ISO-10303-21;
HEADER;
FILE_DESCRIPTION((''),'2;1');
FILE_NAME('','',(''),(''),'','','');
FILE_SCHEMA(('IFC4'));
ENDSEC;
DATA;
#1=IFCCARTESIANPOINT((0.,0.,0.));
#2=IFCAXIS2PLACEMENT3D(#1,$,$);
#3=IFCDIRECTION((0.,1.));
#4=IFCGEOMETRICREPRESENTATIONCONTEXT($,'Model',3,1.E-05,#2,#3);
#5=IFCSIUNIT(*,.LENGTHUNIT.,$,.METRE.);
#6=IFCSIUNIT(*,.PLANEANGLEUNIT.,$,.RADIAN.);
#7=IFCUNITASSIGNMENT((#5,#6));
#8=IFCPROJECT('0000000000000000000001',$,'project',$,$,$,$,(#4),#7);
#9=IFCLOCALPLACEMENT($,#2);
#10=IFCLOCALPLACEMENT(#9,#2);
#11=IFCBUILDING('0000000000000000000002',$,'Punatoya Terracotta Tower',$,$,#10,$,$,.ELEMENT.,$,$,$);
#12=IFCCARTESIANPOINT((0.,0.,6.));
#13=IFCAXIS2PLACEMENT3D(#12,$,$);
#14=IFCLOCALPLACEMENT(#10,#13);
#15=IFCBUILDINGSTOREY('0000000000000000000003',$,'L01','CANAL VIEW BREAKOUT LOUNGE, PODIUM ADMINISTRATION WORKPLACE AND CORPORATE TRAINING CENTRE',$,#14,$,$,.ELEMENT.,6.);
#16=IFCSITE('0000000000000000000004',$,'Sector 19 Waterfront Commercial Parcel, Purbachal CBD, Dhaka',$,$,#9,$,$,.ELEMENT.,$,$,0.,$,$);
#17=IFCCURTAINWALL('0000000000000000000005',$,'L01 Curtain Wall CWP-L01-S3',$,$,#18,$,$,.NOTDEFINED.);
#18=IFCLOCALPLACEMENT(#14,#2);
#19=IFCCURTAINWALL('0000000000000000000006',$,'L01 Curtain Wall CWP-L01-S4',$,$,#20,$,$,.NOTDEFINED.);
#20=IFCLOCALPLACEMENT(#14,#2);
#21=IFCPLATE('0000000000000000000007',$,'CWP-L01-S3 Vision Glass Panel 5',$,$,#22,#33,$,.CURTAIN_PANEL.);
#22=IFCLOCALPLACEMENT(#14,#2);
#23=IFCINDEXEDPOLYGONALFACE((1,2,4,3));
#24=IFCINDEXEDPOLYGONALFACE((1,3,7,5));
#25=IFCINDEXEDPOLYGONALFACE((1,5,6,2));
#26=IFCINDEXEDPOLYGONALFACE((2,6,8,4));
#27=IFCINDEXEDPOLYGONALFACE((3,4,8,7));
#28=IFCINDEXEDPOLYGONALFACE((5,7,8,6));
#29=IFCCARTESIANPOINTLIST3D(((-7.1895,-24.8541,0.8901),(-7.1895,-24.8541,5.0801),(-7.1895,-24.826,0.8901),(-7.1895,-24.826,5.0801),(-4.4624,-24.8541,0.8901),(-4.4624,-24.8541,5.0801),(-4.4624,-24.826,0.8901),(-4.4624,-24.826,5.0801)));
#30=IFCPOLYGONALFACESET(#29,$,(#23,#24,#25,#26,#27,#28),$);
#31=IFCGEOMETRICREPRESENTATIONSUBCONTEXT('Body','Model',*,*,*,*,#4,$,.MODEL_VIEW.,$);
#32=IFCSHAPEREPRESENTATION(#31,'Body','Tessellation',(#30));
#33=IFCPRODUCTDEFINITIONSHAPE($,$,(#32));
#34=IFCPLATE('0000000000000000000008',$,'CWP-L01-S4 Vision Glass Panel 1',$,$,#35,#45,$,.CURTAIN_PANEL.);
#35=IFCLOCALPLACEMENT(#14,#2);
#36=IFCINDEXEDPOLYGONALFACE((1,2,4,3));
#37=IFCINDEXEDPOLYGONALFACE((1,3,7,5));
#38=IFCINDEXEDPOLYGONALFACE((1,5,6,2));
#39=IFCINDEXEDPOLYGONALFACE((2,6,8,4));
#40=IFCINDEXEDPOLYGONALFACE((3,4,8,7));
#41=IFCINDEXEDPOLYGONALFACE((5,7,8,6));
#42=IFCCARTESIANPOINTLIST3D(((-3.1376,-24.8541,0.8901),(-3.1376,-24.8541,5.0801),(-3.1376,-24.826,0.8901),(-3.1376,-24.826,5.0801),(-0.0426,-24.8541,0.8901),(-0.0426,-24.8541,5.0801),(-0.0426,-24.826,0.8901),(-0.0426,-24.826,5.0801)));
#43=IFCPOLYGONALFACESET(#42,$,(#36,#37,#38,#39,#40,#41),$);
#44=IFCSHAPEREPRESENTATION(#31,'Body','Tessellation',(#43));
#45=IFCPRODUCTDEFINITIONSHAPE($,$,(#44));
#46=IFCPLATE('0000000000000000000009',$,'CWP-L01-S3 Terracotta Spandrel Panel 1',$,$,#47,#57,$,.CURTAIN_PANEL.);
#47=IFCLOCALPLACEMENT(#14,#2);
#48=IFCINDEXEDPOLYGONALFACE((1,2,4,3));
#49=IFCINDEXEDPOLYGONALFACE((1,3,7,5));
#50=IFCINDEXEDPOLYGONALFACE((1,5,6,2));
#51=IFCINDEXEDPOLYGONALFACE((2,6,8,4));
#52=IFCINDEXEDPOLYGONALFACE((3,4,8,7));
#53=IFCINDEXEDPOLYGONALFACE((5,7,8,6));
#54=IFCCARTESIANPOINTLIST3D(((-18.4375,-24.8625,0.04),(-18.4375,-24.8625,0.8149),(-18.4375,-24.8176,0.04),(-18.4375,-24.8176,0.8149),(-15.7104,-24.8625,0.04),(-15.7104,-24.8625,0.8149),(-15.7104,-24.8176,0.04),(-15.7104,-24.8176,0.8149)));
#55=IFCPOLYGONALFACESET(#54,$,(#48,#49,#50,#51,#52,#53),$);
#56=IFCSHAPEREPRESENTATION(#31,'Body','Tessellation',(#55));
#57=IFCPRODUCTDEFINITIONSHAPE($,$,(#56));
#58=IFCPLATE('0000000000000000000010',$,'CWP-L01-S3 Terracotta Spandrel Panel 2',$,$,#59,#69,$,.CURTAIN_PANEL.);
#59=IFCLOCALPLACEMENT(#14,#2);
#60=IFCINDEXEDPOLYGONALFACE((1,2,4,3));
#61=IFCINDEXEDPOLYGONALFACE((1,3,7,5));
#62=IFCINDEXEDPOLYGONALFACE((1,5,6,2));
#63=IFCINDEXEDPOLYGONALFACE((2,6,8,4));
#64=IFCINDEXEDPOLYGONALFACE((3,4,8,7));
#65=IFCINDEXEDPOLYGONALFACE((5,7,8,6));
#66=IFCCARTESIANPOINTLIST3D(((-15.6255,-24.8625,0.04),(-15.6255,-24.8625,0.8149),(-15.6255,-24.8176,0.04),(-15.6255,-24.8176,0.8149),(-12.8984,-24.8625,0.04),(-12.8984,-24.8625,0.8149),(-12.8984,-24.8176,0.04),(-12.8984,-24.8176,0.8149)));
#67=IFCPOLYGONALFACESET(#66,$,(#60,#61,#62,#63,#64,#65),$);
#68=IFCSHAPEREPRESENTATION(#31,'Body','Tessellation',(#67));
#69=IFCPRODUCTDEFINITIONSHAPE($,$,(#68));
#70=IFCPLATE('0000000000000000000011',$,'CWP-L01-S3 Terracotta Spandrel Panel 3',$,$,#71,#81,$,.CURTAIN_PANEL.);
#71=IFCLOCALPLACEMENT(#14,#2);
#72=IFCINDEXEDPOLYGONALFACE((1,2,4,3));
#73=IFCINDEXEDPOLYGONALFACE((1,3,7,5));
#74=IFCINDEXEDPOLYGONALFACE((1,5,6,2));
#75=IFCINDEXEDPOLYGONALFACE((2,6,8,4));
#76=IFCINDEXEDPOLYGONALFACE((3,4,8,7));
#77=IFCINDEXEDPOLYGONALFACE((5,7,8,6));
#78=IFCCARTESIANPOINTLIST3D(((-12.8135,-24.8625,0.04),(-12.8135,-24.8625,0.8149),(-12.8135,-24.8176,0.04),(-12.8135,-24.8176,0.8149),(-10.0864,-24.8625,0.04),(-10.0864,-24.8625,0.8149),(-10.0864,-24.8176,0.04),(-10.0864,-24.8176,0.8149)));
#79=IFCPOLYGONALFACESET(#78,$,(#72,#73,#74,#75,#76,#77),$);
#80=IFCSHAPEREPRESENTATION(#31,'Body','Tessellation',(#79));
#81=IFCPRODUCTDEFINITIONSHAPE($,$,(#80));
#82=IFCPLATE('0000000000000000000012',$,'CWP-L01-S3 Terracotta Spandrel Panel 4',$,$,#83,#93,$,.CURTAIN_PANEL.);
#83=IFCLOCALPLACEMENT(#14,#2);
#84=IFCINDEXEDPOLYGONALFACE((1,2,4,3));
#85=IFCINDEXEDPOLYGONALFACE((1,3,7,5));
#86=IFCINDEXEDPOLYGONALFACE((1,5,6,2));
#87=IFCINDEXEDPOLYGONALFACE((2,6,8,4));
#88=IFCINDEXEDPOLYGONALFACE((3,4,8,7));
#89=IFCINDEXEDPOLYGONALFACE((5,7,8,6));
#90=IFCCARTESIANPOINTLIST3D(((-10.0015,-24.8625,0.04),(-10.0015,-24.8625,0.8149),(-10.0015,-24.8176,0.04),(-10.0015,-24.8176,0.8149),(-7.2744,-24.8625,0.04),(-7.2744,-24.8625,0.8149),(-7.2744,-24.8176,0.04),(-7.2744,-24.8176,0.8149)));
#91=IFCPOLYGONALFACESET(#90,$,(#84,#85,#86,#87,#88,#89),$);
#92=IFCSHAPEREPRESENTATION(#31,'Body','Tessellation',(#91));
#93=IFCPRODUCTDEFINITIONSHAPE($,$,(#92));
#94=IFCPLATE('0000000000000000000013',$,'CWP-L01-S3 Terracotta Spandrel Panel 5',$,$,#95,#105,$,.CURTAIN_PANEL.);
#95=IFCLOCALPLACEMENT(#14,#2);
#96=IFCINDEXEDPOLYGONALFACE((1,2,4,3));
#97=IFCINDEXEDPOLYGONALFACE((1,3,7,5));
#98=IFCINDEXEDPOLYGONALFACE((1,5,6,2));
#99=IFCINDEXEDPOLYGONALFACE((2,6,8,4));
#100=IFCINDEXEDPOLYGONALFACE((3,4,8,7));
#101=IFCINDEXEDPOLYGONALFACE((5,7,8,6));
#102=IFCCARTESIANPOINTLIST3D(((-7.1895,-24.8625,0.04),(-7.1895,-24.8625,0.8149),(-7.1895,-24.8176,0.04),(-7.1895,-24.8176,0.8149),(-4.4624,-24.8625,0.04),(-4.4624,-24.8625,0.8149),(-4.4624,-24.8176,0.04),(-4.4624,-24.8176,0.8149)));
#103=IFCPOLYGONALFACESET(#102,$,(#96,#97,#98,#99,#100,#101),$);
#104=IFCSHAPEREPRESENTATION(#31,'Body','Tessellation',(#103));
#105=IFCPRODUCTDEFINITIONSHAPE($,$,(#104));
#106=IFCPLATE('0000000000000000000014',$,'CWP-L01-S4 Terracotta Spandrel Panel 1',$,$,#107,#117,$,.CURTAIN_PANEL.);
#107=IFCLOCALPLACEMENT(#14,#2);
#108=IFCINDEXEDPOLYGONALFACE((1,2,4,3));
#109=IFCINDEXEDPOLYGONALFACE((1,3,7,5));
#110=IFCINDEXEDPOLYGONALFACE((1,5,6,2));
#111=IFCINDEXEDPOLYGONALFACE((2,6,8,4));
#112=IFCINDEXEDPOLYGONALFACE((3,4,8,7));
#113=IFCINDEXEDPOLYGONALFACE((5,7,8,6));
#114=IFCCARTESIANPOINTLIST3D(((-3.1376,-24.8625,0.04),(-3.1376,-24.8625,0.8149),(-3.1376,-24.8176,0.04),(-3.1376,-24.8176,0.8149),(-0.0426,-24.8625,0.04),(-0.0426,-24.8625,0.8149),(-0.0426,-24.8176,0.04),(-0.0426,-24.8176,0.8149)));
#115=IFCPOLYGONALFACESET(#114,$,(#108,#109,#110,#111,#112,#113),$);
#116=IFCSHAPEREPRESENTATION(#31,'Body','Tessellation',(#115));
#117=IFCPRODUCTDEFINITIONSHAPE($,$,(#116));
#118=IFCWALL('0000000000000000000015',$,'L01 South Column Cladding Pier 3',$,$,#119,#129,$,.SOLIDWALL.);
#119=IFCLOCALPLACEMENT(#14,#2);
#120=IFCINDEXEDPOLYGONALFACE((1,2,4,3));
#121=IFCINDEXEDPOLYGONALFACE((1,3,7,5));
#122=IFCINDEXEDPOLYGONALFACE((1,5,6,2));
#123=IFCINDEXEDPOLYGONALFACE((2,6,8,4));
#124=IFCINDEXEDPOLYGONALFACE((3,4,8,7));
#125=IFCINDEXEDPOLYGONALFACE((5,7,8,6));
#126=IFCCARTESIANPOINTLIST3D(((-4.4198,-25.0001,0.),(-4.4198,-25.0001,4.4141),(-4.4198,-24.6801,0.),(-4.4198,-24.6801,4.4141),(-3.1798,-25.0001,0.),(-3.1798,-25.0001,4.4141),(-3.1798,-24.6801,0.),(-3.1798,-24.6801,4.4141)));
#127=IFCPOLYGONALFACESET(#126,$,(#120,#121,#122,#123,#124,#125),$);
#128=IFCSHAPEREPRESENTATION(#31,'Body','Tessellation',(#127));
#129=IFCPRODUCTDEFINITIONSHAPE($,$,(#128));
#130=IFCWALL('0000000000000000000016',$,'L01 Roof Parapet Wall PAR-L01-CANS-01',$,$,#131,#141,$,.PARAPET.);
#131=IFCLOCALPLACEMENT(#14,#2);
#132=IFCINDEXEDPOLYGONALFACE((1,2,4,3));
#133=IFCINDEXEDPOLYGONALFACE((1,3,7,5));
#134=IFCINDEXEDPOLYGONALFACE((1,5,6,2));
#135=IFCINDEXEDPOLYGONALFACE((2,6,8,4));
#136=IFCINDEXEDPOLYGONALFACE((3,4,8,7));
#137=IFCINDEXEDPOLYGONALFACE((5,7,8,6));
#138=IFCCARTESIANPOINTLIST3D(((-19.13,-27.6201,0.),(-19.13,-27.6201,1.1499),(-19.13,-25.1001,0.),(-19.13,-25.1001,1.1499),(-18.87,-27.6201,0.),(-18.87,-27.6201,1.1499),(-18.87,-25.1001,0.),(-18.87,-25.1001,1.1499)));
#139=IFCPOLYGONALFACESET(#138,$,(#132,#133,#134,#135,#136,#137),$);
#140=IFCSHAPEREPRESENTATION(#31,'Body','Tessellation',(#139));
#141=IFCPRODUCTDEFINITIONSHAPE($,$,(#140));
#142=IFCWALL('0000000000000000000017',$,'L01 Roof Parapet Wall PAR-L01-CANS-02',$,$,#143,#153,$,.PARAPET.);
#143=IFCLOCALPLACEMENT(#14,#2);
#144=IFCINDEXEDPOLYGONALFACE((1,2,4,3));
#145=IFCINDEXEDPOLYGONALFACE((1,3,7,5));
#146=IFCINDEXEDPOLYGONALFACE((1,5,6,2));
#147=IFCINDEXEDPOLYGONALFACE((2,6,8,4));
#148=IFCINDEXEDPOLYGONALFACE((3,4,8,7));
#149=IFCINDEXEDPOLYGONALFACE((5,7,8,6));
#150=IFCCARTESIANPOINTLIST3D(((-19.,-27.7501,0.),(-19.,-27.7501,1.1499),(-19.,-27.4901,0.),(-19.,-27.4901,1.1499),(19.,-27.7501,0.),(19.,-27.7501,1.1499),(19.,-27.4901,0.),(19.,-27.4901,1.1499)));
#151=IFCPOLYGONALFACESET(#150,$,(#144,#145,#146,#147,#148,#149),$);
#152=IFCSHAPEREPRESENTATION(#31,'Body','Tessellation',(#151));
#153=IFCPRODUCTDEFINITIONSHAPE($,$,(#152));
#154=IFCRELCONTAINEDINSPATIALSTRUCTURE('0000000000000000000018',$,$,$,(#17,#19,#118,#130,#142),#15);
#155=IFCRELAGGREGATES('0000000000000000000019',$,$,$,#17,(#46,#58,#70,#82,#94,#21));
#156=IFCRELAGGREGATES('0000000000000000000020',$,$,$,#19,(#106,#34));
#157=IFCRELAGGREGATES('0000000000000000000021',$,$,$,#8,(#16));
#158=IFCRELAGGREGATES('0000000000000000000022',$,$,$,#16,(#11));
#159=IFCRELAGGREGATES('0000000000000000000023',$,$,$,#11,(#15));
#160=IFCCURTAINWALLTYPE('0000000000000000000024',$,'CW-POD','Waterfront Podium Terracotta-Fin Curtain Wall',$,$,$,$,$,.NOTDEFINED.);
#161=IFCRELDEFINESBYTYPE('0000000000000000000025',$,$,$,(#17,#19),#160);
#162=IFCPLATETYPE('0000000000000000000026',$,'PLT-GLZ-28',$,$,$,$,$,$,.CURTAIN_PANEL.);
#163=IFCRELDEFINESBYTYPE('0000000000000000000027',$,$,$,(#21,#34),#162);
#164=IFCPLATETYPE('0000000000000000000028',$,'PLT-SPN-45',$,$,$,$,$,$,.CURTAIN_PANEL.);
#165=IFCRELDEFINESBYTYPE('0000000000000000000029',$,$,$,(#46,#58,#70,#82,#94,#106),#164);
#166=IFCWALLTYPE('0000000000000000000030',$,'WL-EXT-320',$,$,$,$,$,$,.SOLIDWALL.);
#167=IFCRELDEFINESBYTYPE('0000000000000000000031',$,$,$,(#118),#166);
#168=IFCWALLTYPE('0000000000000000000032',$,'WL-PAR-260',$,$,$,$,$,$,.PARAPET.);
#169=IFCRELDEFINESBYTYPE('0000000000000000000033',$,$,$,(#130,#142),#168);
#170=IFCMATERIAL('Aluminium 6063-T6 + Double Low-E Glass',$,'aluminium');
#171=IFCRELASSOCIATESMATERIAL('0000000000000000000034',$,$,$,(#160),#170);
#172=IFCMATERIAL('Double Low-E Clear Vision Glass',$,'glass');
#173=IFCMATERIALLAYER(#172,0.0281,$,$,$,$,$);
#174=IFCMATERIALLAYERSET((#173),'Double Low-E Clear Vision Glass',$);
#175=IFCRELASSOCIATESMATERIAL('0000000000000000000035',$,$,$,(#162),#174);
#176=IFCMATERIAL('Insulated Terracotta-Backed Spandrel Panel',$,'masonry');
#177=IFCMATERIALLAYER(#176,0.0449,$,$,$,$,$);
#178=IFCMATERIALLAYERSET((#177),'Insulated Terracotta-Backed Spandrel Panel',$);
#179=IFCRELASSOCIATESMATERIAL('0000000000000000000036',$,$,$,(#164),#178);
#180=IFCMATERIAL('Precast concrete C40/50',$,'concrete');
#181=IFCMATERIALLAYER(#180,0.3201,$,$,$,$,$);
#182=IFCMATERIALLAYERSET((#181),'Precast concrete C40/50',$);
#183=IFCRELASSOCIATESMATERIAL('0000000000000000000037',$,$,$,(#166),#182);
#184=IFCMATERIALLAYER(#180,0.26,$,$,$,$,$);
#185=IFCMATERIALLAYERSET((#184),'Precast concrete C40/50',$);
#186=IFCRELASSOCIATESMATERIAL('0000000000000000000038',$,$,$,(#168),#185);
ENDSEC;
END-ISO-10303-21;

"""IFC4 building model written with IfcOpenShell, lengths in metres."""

from ifc_helpers import new_model, si_unit, direction, frame, frame_2d, origin, origin_2d, place, context, subcontext, project, spatial, rectangle, extrude, material, layer, layer_set, type_object, element, aggregate, save


model = new_model("IFC4")

# Units and contexts
model_context = context("Model", 3, precision=1e-05, world=origin(), true_north=direction((0.0, 1.0)))
body_context = subcontext(model_context, "Body", "Model", "MODEL_VIEW")
ifc_project = project(units=[si_unit("LENGTHUNIT", "METRE"), si_unit("PLANEANGLEUNIT", "RADIAN")], contexts=[model_context])

# Site, building, storey
site_placement = place(None, origin())
site = spatial("IfcSite", under=ifc_project, at=site_placement, Name="Sector 19 Waterfront Commercial Parcel, Purbachal CBD, Dhaka", CompositionType="ELEMENT", RefElevation=0.0)
building_placement = place(site_placement, origin())
building = spatial("IfcBuilding", under=site, at=building_placement, Name="Punatoya Terracotta Tower", CompositionType="ELEMENT")
storey_placement = place(building_placement, frame((0.0, 0.0, 6.0)))
storey = spatial("IfcBuildingStorey", under=building, at=storey_placement, Name="L01", Description="CANAL VIEW BREAKOUT LOUNGE, PODIUM ADMINISTRATION WORKPLACE AND CORPORATE TRAINING CENTRE", CompositionType="ELEMENT", Elevation=6.0)

# Curtain wall
ifc_material_1 = material(Name="Aluminium 6063-T6 + Double Low-E Glass", Category="aluminium")
curtain_wall_type = type_object("IfcCurtainWallType", Name="CW-POD", Description="Waterfront Podium Terracotta-Fin Curtain Wall", PredefinedType="NOTDEFINED", material=ifc_material_1)
curtain_wall_1_placement = place(storey_placement, origin())
curtain_wall_1 = element("IfcCurtainWall", 1, at=curtain_wall_1_placement, inside=storey, type_object=curtain_wall_type, Name="L01 Curtain Wall CWP-L01-S3", PredefinedType="NOTDEFINED")

# Curtain wall
curtain_wall_2_placement = place(storey_placement, origin())
curtain_wall_2 = element("IfcCurtainWall", 2, at=curtain_wall_2_placement, inside=storey, type_object=curtain_wall_type, Name="L01 Curtain Wall CWP-L01-S4", PredefinedType="NOTDEFINED")

# Plates
ifc_material_2 = material(Name="Double Low-E Clear Vision Glass", Category="glass")
ifc_layer_1 = layer(ifc_material_2, 0.0281)
ifc_layer_set_1 = layer_set([ifc_layer_1], Name="Double Low-E Clear Vision Glass")
plate_type_1 = type_object("IfcPlateType", Name="PLT-GLZ-28", PredefinedType="CURTAIN_PANEL", material=ifc_layer_set_1)
plate_1_placement = place(storey_placement, frame((-5.8259, -24.8401, 0.8901), z_axis=(0.0, 0.0, 1.0), x_axis=(1.0, 0.0, 0.0)))
plate_1 = element("IfcPlate", 3, at=plate_1_placement, type_object=plate_type_1, Name="CWP-L01-S3 Vision Glass Panel 5", PredefinedType="CURTAIN_PANEL", context=body_context, shape_type="SweptSolid", body=[
    extrude(rectangle(XDim=2.7271, YDim=0.0281, at=origin_2d()), origin(), (0.0, 0.0, 1.0), 4.1899),
])
plate_2_placement = place(storey_placement, frame((-1.5901, -24.8401, 0.8901), z_axis=(0.0, 0.0, 1.0), x_axis=(1.0, 0.0, 0.0)))
plate_2 = element("IfcPlate", 4, at=plate_2_placement, type_object=plate_type_1, Name="CWP-L01-S4 Vision Glass Panel 1", PredefinedType="CURTAIN_PANEL", context=body_context, shape_type="SweptSolid", body=[
    extrude(rectangle(XDim=3.095, YDim=0.0281, at=origin_2d()), origin(), (0.0, 0.0, 1.0), 4.1899),
])
ifc_material_3 = material(Name="Insulated Terracotta-Backed Spandrel Panel", Category="masonry")
ifc_layer_2 = layer(ifc_material_3, 0.0449)
ifc_layer_set_2 = layer_set([ifc_layer_2], Name="Insulated Terracotta-Backed Spandrel Panel")
plate_type_2 = type_object("IfcPlateType", Name="PLT-SPN-45", PredefinedType="CURTAIN_PANEL", material=ifc_layer_set_2)
plate_3_placement = place(storey_placement, frame((-17.074, -24.8401, 0.04), z_axis=(0.0, 0.0, 1.0), x_axis=(1.0, 0.0, 0.0)))
plate_3 = element("IfcPlate", 5, at=plate_3_placement, type_object=plate_type_2, Name="CWP-L01-S3 Terracotta Spandrel Panel 1", PredefinedType="CURTAIN_PANEL", context=body_context, shape_type="SweptSolid", body=[
    extrude(rectangle(XDim=2.7271, YDim=0.0449, at=origin_2d()), origin(), (0.0, 0.0, 1.0), 0.7749),
])
plate_4_placement = place(storey_placement, frame((-14.262, -24.8401, 0.04), z_axis=(0.0, 0.0, 1.0), x_axis=(1.0, 0.0, 0.0)))
plate_4 = element("IfcPlate", 6, at=plate_4_placement, type_object=plate_type_2, Name="CWP-L01-S3 Terracotta Spandrel Panel 2", PredefinedType="CURTAIN_PANEL", context=body_context, shape_type="SweptSolid", body=[
    extrude(rectangle(XDim=2.7271, YDim=0.0449, at=origin_2d()), origin(), (0.0, 0.0, 1.0), 0.7749),
])
plate_5_placement = place(storey_placement, frame((-11.45, -24.8401, 0.04), z_axis=(0.0, 0.0, 1.0), x_axis=(1.0, 0.0, 0.0)))
plate_5 = element("IfcPlate", 7, at=plate_5_placement, type_object=plate_type_2, Name="CWP-L01-S3 Terracotta Spandrel Panel 3", PredefinedType="CURTAIN_PANEL", context=body_context, shape_type="SweptSolid", body=[
    extrude(rectangle(XDim=2.7271, YDim=0.0449, at=origin_2d()), origin(), (0.0, 0.0, 1.0), 0.7749),
])
plate_6_placement = place(storey_placement, frame((-8.6379, -24.8401, 0.04), z_axis=(0.0, 0.0, 1.0), x_axis=(1.0, 0.0, 0.0)))
plate_6 = element("IfcPlate", 8, at=plate_6_placement, type_object=plate_type_2, Name="CWP-L01-S3 Terracotta Spandrel Panel 4", PredefinedType="CURTAIN_PANEL", context=body_context, shape_type="SweptSolid", body=[
    extrude(rectangle(XDim=2.7271, YDim=0.0449, at=origin_2d()), origin(), (0.0, 0.0, 1.0), 0.7749),
])
plate_7_placement = place(storey_placement, frame((-5.8259, -24.8401, 0.04), z_axis=(0.0, 0.0, 1.0), x_axis=(1.0, 0.0, 0.0)))
plate_7 = element("IfcPlate", 9, at=plate_7_placement, type_object=plate_type_2, Name="CWP-L01-S3 Terracotta Spandrel Panel 5", PredefinedType="CURTAIN_PANEL", context=body_context, shape_type="SweptSolid", body=[
    extrude(rectangle(XDim=2.7271, YDim=0.0449, at=origin_2d()), origin(), (0.0, 0.0, 1.0), 0.7749),
])
aggregate(curtain_wall_1, [plate_3, plate_4, plate_5, plate_6, plate_7, plate_1])
plate_8_placement = place(storey_placement, frame((-1.5901, -24.8401, 0.04), z_axis=(0.0, 0.0, 1.0), x_axis=(1.0, 0.0, 0.0)))
plate_8 = element("IfcPlate", 10, at=plate_8_placement, type_object=plate_type_2, Name="CWP-L01-S4 Terracotta Spandrel Panel 1", PredefinedType="CURTAIN_PANEL", context=body_context, shape_type="SweptSolid", body=[
    extrude(rectangle(XDim=3.095, YDim=0.0449, at=origin_2d()), origin(), (0.0, 0.0, 1.0), 0.7749),
])
aggregate(curtain_wall_2, [plate_8, plate_2])

# Walls
ifc_material_4 = material(Name="Precast concrete C40/50", Category="concrete")
ifc_layer_3 = layer(ifc_material_4, 0.3201)
ifc_layer_set_3 = layer_set([ifc_layer_3], Name="Precast concrete C40/50")
wall_type_1 = type_object("IfcWallType", Name="WL-EXT-320", PredefinedType="SOLIDWALL", material=ifc_layer_set_3)
wall_1_placement = place(storey_placement, frame((-4.4199, -24.8401, 0.0), z_axis=(0.0, 0.0, 1.0), x_axis=(1.0, 0.0, 0.0)))
element("IfcWall", 11, at=wall_1_placement, inside=storey, type_object=wall_type_1, Name="L01 South Column Cladding Pier 3", PredefinedType="SOLIDWALL", context=body_context, shape_type="SweptSolid", body=[
    extrude(rectangle(XDim=1.24, YDim=0.3201, at=frame_2d((0.6201, 0.0))), origin(), (0.0, 0.0, 1.0), 4.4141),
])
ifc_layer_4 = layer(ifc_material_4, 0.26)
ifc_layer_set_4 = layer_set([ifc_layer_4], Name="Precast concrete C40/50")
wall_type_2 = type_object("IfcWallType", Name="WL-PAR-260", PredefinedType="PARAPET", material=ifc_layer_set_4)
wall_2_placement = place(storey_placement, frame((-19.0, -25.1001, 0.0), z_axis=(0.0, 0.0, 1.0), x_axis=(0.0, -1.0, 0.0)))
element("IfcWall", 12, at=wall_2_placement, inside=storey, type_object=wall_type_2, Name="L01 Roof Parapet Wall PAR-L01-CANS-01", PredefinedType="PARAPET", context=body_context, shape_type="SweptSolid", body=[
    extrude(rectangle(XDim=2.52, YDim=0.26, at=frame_2d((1.26, 0.0))), origin(), (0.0, 0.0, 1.0), 1.1499),
])
wall_3_placement = place(storey_placement, frame((-19.0, -27.6201, 0.0), z_axis=(0.0, 0.0, 1.0), x_axis=(1.0, 0.0, 0.0)))
element("IfcWall", 13, at=wall_3_placement, inside=storey, type_object=wall_type_2, Name="L01 Roof Parapet Wall PAR-L01-CANS-02", PredefinedType="PARAPET", context=body_context, shape_type="SweptSolid", body=[
    extrude(rectangle(XDim=38.0, YDim=0.26, at=frame_2d((19.0, 0.0))), origin(), (0.0, 0.0, 1.0), 1.1499),
])

save(model, "model.ifc")
